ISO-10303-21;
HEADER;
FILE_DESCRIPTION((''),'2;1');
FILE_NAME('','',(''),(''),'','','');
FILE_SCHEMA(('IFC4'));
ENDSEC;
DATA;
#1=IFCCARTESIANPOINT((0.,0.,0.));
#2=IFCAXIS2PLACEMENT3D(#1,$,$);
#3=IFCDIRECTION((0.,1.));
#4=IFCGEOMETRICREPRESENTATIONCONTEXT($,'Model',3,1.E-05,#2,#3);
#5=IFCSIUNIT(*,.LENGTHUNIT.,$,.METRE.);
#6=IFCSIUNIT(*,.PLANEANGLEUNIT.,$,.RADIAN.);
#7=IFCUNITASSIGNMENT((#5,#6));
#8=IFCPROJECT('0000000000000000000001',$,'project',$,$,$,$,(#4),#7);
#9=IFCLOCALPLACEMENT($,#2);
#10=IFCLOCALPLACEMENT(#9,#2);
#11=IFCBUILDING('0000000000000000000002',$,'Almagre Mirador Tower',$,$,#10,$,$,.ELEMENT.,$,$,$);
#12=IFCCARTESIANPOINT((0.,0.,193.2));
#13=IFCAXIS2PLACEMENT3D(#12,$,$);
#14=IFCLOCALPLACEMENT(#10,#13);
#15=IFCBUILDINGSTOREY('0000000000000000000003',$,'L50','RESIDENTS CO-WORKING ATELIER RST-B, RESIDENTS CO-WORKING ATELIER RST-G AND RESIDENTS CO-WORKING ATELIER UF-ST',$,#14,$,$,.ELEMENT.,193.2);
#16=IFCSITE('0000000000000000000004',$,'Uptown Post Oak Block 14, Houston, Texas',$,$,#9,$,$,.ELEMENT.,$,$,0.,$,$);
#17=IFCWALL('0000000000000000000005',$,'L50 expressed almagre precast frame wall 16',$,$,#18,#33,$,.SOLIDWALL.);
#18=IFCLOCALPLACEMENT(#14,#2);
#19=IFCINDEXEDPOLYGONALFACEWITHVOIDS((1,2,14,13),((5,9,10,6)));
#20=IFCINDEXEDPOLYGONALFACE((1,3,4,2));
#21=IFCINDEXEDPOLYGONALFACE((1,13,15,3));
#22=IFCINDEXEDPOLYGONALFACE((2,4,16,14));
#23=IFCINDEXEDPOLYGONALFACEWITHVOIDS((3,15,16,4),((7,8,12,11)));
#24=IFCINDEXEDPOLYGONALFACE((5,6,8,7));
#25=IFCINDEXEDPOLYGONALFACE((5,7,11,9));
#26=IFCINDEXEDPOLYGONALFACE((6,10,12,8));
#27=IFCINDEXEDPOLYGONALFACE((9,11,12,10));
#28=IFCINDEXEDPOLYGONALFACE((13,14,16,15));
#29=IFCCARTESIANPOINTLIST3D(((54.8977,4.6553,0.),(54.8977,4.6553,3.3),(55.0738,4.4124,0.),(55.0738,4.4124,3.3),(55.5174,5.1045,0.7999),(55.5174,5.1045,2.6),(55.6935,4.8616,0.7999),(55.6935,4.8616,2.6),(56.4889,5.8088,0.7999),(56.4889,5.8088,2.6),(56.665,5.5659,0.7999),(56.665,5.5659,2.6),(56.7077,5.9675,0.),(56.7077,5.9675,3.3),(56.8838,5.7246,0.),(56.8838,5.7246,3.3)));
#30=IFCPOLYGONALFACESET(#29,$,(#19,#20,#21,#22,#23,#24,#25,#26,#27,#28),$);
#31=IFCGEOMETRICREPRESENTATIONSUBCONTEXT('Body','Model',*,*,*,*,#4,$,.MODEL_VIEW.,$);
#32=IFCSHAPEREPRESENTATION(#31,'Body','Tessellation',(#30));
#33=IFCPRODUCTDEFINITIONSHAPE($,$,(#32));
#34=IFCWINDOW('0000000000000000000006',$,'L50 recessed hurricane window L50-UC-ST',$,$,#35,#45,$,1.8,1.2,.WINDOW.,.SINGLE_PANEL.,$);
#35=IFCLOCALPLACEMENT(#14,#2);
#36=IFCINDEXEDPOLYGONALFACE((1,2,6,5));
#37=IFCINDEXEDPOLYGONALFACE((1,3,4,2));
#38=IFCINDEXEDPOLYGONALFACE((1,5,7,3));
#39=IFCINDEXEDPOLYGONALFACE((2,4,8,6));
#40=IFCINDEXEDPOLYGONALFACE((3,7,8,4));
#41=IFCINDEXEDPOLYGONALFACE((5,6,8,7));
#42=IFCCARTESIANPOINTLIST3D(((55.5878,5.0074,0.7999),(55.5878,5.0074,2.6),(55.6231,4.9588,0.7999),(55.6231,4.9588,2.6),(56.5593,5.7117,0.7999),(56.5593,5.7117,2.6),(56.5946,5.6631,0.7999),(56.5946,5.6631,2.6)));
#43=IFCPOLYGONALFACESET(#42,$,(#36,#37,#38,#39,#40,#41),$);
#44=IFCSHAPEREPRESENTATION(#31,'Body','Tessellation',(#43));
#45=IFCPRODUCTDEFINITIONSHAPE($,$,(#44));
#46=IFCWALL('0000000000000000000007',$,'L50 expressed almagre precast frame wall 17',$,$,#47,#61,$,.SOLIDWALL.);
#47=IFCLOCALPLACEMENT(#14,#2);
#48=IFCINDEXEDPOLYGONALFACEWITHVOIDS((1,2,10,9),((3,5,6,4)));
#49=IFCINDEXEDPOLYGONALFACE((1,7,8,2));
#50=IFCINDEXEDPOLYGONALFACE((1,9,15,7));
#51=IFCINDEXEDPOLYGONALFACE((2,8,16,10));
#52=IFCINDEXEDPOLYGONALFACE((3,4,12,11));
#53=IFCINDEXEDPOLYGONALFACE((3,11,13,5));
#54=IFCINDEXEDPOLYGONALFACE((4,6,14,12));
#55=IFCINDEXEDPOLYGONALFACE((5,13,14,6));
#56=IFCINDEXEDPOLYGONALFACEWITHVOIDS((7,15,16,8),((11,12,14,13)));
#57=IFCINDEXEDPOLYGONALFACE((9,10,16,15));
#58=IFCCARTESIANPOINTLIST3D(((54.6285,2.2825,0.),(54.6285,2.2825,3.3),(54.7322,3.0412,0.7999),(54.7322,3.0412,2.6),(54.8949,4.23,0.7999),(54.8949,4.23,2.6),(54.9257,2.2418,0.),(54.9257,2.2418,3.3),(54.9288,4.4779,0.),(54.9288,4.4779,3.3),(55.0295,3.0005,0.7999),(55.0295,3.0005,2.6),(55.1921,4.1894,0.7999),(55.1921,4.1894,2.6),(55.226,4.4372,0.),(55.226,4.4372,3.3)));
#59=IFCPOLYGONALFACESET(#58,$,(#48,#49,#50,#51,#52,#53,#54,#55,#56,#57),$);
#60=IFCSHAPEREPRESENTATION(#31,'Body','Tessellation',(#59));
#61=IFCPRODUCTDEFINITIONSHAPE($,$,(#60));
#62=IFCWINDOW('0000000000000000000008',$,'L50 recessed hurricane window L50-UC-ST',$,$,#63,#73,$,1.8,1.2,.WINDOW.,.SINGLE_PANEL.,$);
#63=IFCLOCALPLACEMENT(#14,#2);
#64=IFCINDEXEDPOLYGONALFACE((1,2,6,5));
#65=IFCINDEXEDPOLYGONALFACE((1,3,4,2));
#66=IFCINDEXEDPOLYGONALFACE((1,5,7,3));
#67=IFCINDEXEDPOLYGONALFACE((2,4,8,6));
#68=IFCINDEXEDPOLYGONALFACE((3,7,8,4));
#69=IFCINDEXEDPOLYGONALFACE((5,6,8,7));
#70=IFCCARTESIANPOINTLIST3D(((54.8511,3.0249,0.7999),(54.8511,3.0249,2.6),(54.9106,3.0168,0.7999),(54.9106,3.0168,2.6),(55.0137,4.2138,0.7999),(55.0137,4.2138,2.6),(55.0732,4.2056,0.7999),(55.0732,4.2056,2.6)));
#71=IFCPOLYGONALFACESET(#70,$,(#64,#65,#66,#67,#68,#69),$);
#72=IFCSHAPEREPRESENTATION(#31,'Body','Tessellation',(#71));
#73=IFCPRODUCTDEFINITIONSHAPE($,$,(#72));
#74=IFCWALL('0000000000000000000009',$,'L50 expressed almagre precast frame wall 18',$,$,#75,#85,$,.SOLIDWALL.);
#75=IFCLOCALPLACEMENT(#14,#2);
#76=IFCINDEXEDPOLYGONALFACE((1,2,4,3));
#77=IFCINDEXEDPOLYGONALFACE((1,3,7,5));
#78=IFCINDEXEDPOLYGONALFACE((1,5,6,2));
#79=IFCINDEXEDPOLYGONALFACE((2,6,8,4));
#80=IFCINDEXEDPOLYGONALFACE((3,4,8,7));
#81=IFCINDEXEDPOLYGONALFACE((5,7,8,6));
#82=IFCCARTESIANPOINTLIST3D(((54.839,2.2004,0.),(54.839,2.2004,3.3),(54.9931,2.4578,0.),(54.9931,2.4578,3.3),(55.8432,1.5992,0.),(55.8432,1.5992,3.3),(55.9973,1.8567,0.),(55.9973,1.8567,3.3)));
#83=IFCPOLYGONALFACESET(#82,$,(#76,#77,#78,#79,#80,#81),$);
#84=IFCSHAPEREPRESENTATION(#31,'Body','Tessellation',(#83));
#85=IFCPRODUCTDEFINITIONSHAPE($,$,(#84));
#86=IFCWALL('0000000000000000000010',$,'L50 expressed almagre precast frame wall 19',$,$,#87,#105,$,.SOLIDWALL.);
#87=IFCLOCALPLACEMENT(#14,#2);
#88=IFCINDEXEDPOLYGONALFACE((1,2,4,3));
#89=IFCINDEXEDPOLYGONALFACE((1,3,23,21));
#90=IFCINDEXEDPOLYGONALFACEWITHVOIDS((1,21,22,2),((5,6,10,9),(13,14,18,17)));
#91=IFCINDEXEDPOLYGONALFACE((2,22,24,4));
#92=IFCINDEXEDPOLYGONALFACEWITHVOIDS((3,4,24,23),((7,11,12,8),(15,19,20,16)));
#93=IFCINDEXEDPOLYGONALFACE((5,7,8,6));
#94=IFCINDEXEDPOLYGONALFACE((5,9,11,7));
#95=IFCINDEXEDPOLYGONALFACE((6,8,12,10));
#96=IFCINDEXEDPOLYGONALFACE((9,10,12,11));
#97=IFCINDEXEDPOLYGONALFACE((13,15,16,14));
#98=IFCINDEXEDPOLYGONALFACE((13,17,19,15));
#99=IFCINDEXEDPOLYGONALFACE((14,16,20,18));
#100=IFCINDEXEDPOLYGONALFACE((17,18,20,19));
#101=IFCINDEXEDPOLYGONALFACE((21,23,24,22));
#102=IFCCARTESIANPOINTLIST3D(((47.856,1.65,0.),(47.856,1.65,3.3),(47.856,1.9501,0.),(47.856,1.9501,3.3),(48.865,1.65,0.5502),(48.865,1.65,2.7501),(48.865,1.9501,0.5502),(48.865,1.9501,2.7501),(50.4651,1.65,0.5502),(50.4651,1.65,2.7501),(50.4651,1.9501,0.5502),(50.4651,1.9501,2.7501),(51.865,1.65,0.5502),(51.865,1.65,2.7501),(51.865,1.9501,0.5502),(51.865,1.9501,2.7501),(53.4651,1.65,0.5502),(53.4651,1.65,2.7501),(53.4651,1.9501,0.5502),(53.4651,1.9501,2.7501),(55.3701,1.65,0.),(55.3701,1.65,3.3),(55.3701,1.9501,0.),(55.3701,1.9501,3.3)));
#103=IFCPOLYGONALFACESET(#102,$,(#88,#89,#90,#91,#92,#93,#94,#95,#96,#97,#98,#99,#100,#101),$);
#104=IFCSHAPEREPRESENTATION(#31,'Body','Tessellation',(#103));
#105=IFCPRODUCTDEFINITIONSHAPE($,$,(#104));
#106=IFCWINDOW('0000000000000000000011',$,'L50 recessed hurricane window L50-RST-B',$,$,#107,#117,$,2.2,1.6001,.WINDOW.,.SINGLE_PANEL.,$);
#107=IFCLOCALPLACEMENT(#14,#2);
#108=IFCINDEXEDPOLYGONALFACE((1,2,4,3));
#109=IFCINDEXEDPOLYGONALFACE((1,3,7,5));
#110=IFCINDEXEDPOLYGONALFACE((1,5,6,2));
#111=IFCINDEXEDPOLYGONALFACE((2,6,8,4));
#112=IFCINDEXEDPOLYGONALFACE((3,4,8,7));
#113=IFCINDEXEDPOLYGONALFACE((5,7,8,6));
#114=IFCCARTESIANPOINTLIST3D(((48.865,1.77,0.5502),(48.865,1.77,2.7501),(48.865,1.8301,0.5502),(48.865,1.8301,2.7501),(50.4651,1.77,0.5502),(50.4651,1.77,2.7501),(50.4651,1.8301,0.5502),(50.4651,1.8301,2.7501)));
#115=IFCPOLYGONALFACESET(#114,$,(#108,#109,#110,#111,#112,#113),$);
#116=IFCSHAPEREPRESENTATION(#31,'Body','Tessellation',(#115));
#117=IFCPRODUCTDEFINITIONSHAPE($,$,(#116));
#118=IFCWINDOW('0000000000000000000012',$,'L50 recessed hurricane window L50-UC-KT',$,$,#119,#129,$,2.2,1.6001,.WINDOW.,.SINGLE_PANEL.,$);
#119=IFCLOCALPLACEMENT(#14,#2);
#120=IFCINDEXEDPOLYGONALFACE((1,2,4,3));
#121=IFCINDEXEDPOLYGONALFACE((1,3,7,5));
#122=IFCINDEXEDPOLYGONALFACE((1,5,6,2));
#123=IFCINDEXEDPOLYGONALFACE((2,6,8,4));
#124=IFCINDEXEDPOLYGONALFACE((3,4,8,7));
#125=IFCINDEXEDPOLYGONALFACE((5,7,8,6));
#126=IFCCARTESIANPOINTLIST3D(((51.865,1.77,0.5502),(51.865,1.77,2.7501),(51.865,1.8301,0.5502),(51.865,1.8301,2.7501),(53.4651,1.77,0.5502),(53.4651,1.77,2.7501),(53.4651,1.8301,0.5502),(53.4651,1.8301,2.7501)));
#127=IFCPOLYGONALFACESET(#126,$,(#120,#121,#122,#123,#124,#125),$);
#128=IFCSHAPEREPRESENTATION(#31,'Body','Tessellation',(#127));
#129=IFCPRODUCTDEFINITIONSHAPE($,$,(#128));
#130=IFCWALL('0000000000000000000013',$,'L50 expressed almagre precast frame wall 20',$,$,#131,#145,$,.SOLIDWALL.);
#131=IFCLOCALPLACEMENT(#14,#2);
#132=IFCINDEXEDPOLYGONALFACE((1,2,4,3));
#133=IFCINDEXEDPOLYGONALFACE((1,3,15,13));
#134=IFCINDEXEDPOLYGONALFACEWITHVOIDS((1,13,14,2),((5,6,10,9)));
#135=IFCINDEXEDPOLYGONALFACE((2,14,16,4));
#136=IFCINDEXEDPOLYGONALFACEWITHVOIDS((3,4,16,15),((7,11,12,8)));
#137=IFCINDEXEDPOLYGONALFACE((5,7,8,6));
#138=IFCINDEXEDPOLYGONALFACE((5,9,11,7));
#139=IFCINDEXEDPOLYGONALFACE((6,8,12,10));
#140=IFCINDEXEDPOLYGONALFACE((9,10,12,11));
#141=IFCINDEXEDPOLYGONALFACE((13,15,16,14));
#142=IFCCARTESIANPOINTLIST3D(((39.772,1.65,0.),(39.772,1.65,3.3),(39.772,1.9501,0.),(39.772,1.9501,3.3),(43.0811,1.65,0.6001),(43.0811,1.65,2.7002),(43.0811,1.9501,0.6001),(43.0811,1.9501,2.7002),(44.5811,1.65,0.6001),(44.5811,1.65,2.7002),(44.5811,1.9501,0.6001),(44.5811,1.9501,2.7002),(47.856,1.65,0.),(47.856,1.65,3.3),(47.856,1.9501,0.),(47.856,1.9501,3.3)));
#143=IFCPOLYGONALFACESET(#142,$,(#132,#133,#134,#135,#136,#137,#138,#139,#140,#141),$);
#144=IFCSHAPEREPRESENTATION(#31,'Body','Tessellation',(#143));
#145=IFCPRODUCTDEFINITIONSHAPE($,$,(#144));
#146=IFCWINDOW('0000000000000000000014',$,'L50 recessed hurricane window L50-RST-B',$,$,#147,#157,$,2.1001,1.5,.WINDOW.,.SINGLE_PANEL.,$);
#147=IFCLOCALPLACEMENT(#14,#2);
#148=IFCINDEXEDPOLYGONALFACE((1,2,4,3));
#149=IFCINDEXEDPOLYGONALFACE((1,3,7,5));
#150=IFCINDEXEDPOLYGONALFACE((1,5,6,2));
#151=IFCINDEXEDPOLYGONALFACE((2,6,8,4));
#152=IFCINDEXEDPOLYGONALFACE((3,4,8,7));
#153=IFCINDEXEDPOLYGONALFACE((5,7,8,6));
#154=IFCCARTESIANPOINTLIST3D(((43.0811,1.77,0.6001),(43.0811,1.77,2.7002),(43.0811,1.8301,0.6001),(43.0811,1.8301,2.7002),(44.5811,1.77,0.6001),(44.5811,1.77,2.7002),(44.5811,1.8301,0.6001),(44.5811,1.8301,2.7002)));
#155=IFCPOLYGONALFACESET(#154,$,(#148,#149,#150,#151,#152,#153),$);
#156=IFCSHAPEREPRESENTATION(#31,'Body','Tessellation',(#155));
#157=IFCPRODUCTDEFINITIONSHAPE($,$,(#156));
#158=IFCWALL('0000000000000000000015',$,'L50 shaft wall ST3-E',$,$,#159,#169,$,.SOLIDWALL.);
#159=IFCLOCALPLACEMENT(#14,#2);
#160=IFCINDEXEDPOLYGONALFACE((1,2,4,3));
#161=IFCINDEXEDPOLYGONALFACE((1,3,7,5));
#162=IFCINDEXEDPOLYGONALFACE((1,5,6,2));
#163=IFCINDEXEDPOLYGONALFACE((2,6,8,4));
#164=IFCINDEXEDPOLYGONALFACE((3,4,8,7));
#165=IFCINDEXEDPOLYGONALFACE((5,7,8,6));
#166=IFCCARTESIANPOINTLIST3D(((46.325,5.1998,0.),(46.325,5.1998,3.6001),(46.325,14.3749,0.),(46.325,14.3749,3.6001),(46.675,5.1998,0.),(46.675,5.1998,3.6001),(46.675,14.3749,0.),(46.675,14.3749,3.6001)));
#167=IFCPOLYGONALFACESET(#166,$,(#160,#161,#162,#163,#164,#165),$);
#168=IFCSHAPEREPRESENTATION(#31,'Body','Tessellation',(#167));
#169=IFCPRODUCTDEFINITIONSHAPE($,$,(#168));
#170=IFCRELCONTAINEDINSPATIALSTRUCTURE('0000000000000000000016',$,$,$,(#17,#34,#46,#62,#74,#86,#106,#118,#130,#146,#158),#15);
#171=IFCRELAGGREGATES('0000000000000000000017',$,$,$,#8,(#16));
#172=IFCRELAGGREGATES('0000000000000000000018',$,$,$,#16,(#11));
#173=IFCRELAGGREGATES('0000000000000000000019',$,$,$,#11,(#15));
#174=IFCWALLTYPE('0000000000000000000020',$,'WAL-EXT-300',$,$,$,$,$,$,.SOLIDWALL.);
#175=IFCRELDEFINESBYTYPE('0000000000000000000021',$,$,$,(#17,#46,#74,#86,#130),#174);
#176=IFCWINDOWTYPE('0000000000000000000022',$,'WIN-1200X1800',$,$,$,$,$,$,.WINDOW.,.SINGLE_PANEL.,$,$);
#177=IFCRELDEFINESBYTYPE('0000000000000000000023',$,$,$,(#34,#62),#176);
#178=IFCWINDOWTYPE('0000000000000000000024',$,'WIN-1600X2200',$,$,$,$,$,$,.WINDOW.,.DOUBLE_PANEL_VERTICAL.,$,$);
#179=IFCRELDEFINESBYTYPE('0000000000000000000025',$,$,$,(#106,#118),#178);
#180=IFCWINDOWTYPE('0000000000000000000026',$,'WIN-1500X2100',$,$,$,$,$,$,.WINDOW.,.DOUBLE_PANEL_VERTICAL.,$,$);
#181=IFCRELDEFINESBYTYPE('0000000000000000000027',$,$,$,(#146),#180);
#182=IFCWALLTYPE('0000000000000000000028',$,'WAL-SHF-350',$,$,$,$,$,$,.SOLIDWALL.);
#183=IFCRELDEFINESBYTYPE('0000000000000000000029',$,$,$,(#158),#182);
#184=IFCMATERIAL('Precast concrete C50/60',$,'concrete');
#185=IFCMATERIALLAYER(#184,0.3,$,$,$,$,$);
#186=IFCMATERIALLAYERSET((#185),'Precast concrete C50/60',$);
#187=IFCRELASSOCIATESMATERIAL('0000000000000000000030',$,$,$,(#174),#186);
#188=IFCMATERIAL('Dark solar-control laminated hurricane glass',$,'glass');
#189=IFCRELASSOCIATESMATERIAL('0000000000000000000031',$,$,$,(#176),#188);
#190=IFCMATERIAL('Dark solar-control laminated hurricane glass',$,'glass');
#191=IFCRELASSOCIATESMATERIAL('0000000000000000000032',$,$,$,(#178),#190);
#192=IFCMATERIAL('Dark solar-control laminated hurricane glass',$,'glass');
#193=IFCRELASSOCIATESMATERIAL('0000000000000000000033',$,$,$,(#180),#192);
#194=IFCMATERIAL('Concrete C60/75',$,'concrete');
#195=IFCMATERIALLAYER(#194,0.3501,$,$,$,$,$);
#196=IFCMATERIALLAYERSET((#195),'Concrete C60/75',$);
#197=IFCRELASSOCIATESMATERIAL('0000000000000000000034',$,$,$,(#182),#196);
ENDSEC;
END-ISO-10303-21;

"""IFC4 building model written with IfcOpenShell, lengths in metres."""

from ifc_helpers import new_model, si_unit, direction, frame, frame_2d, origin, place, context, subcontext, project, spatial, rectangle, extrude, material, layer, layer_set, type_object, element, fill, save


model = new_model("IFC4")

# Units and contexts
model_context = context("Model", 3, precision=1e-05, world=origin(), true_north=direction((0.0, 1.0)))
body_context = subcontext(model_context, "Body", "Model", "MODEL_VIEW")
ifc_project = project(units=[si_unit("LENGTHUNIT", "METRE"), si_unit("PLANEANGLEUNIT", "RADIAN")], contexts=[model_context])

# Site, building, storey
site_placement = place(None, origin())
site = spatial("IfcSite", under=ifc_project, at=site_placement, Name="Uptown Post Oak Block 14, Houston, Texas", CompositionType="ELEMENT", RefElevation=0.0)
building_placement = place(site_placement, origin())
building = spatial("IfcBuilding", under=site, at=building_placement, Name="Almagre Mirador Tower", CompositionType="ELEMENT")
storey_placement = place(building_placement, frame((0.0, 0.0, 193.2)))
storey = spatial("IfcBuildingStorey", under=building, at=storey_placement, Name="L50", Description="RESIDENTS CO-WORKING ATELIER RST-B, RESIDENTS CO-WORKING ATELIER RST-G AND RESIDENTS CO-WORKING ATELIER UF-ST", CompositionType="ELEMENT", Elevation=193.2)

# Shared definitions
ifc_material_1 = material(Name="Precast concrete C50/60", Category="concrete")
ifc_layer_1 = layer(ifc_material_1, 0.3)
ifc_layer_set_1 = layer_set([ifc_layer_1], Name="Precast concrete C50/60")
wall_type_1 = type_object("IfcWallType", Name="WAL-EXT-300", PredefinedType="SOLIDWALL", material=ifc_layer_set_1)

# Walls, openings, windows
wall_1_placement = place(storey_placement, frame((56.7957, 5.8459, 0.0), z_axis=(0.0, 0.0, 1.0), x_axis=(-0.809618, -0.586957, 0.0)))
wall_1 = element("IfcWall", 1, at=wall_1_placement, inside=storey, type_object=wall_type_1, Name="L50 expressed almagre precast frame wall 16", PredefinedType="SOLIDWALL", context=body_context, shape_type="SweptSolid", body=[
    extrude(rectangle(XDim=2.2356, YDim=0.3, at=frame_2d((1.1177, 0.0))), origin(), (0.0, 0.0, 1.0), 3.3),
])
opening_1_placement = place(wall_1_placement, frame((0.27, 0.0, 0.8)))
opening_1 = element("IfcOpeningElement", 2, at=opening_1_placement, cuts=wall_1, PredefinedType="OPENING", context=body_context, shape_type="SweptSolid", body=[
    extrude(rectangle(XDim=1.2, YDim=1.8, at=frame_2d((0.6001, 0.8999))), frame((0.0, 0.1599, 0.0), z_axis=(0.0, -1.0, 0.0), x_axis=(1.0, 0.0, 0.0)), (0.0, 0.0, 1.0), 0.32),
])
ifc_material_2 = material(Name="Dark solar-control laminated hurricane glass", Category="glass")
window_type_1 = type_object("IfcWindowType", Name="WIN-1200X1800", PartitioningType="SINGLE_PANEL", PredefinedType="WINDOW", material=ifc_material_2)
window_1_placement = place(opening_1_placement, origin())
window_1 = element("IfcWindow", 3, at=window_1_placement, inside=storey, type_object=window_type_1, Name="L50 recessed hurricane window L50-UC-ST", OverallHeight=1.8, OverallWidth=1.2, PartitioningType="SINGLE_PANEL", PredefinedType="WINDOW", context=body_context, shape_type="SweptSolid", body=[
    extrude(rectangle(XDim=1.2, YDim=1.8, at=frame_2d((0.6001, 0.8999))), frame((0.0, 0.03, 0.0), z_axis=(0.0, -1.0, 0.0), x_axis=(1.0, 0.0, 0.0)), (0.0, 0.0, 1.0), 0.0601),
])
fill(opening_1, window_1)
wall_2_placement = place(storey_placement, frame((55.0774, 4.4575, 0.0), z_axis=(0.0, 0.0, 1.0), x_axis=(-0.135526, -0.990774, 0.0)))
wall_2 = element("IfcWall", 4, at=wall_2_placement, inside=storey, type_object=wall_type_1, Name="L50 expressed almagre precast frame wall 17", PredefinedType="SOLIDWALL", context=body_context, shape_type="SweptSolid", body=[
    extrude(rectangle(XDim=2.2158, YDim=0.3, at=frame_2d((1.1079, 0.0))), origin(), (0.0, 0.0, 1.0), 3.3),
])
opening_2_placement = place(wall_2_placement, frame((0.25, 0.0, 0.8)))
opening_2 = element("IfcOpeningElement", 5, at=opening_2_placement, cuts=wall_2, PredefinedType="OPENING", context=body_context, shape_type="SweptSolid", body=[
    extrude(rectangle(XDim=1.2, YDim=1.8, at=frame_2d((0.6001, 0.8999))), frame((0.0, 0.1599, 0.0), z_axis=(0.0, -1.0, 0.0), x_axis=(1.0, 0.0, 0.0)), (0.0, 0.0, 1.0), 0.32),
])
window_2_placement = place(opening_2_placement, origin())
window_2 = element("IfcWindow", 6, at=window_2_placement, inside=storey, type_object=window_type_1, Name="L50 recessed hurricane window L50-UC-ST", OverallHeight=1.8, OverallWidth=1.2, PartitioningType="SINGLE_PANEL", PredefinedType="WINDOW", context=body_context, shape_type="SweptSolid", body=[
    extrude(rectangle(XDim=1.2, YDim=1.8, at=frame_2d((0.6001, 0.8999))), frame((0.0, 0.03, 0.0), z_axis=(0.0, -1.0, 0.0), x_axis=(1.0, 0.0, 0.0)), (0.0, 0.0, 1.0), 0.0601),
])
fill(opening_2, window_2)

# Wall
wall_3_placement = place(storey_placement, frame((54.916, 2.3291, 0.0), z_axis=(0.0, 0.0, 1.0), x_axis=(0.858026, -0.513606, 0.0)))
element("IfcWall", 7, at=wall_3_placement, inside=storey, type_object=wall_type_1, Name="L50 expressed almagre precast frame wall 18", PredefinedType="SOLIDWALL", context=body_context, shape_type="SweptSolid", body=[
    extrude(rectangle(XDim=1.1704, YDim=0.3, at=frame_2d((0.5852, 0.0))), origin(), (0.0, 0.0, 1.0), 3.3),
])

# Wall, openings, windows
wall_4_placement = place(storey_placement, frame((55.3701, 1.8, 0.0), z_axis=(0.0, 0.0, 1.0), x_axis=(-1.0, 0.0, 0.0)))
wall_4 = element("IfcWall", 8, at=wall_4_placement, inside=storey, type_object=wall_type_1, Name="L50 expressed almagre precast frame wall 19", PredefinedType="SOLIDWALL", context=body_context, shape_type="SweptSolid", body=[
    extrude(rectangle(XDim=7.5142, YDim=0.3, at=frame_2d((3.7571, 0.0))), origin(), (0.0, 0.0, 1.0), 3.3),
])
opening_3_placement = place(wall_4_placement, frame((4.905, 0.0, 0.55)))
opening_3 = element("IfcOpeningElement", 9, at=opening_3_placement, cuts=wall_4, PredefinedType="OPENING", context=body_context, shape_type="SweptSolid", body=[
    extrude(rectangle(XDim=1.6001, YDim=2.2, at=frame_2d((0.8, 1.1001))), frame((0.0, 0.1599, 0.0), z_axis=(0.0, -1.0, 0.0), x_axis=(1.0, 0.0, 0.0)), (0.0, 0.0, 1.0), 0.32),
])
opening_4_placement = place(wall_4_placement, frame((1.905, 0.0, 0.55)))
opening_4 = element("IfcOpeningElement", 10, at=opening_4_placement, cuts=wall_4, PredefinedType="OPENING", context=body_context, shape_type="SweptSolid", body=[
    extrude(rectangle(XDim=1.6001, YDim=2.2, at=frame_2d((0.8, 1.1001))), frame((0.0, 0.1599, 0.0), z_axis=(0.0, -1.0, 0.0), x_axis=(1.0, 0.0, 0.0)), (0.0, 0.0, 1.0), 0.32),
])
ifc_material_3 = material(Name="Dark solar-control laminated hurricane glass", Category="glass")
window_type_2 = type_object("IfcWindowType", Name="WIN-1600X2200", PartitioningType="DOUBLE_PANEL_VERTICAL", PredefinedType="WINDOW", material=ifc_material_3)
window_3_placement = place(opening_3_placement, origin())
window_3 = element("IfcWindow", 11, at=window_3_placement, inside=storey, type_object=window_type_2, Name="L50 recessed hurricane window L50-RST-B", OverallHeight=2.2, OverallWidth=1.6001, PartitioningType="SINGLE_PANEL", PredefinedType="WINDOW", context=body_context, shape_type="SweptSolid", body=[
    extrude(rectangle(XDim=1.6001, YDim=2.2, at=frame_2d((0.8, 1.1001))), frame((0.0, 0.03, 0.0), z_axis=(0.0, -1.0, 0.0), x_axis=(1.0, 0.0, 0.0)), (0.0, 0.0, 1.0), 0.0601),
])
fill(opening_3, window_3)
window_4_placement = place(opening_4_placement, origin())
window_4 = element("IfcWindow", 12, at=window_4_placement, inside=storey, type_object=window_type_2, Name="L50 recessed hurricane window L50-UC-KT", OverallHeight=2.2, OverallWidth=1.6001, PartitioningType="SINGLE_PANEL", PredefinedType="WINDOW", context=body_context, shape_type="SweptSolid", body=[
    extrude(rectangle(XDim=1.6001, YDim=2.2, at=frame_2d((0.8, 1.1001))), frame((0.0, 0.03, 0.0), z_axis=(0.0, -1.0, 0.0), x_axis=(1.0, 0.0, 0.0)), (0.0, 0.0, 1.0), 0.0601),
])
fill(opening_4, window_4)

# Wall, opening, window
wall_5_placement = place(storey_placement, frame((47.856, 1.8, 0.0), z_axis=(0.0, 0.0, 1.0), x_axis=(-1.0, 0.0, 0.0)))
wall_5 = element("IfcWall", 13, at=wall_5_placement, inside=storey, type_object=wall_type_1, Name="L50 expressed almagre precast frame wall 20", PredefinedType="SOLIDWALL", context=body_context, shape_type="SweptSolid", body=[
    extrude(rectangle(XDim=8.084, YDim=0.3, at=frame_2d((4.042, 0.0))), origin(), (0.0, 0.0, 1.0), 3.3),
])
opening_5_placement = place(wall_5_placement, frame((3.2749, 0.0, 0.6001)))
opening_5 = element("IfcOpeningElement", 14, at=opening_5_placement, cuts=wall_5, PredefinedType="OPENING", context=body_context, shape_type="SweptSolid", body=[
    extrude(rectangle(XDim=1.5, YDim=2.1001, at=frame_2d((0.75, 1.05))), frame((0.0, 0.1599, 0.0), z_axis=(0.0, -1.0, 0.0), x_axis=(1.0, 0.0, 0.0)), (0.0, 0.0, 1.0), 0.32),
])
ifc_material_4 = material(Name="Dark solar-control laminated hurricane glass", Category="glass")
window_type_3 = type_object("IfcWindowType", Name="WIN-1500X2100", PartitioningType="DOUBLE_PANEL_VERTICAL", PredefinedType="WINDOW", material=ifc_material_4)
window_5_placement = place(opening_5_placement, origin())
window_5 = element("IfcWindow", 15, at=window_5_placement, inside=storey, type_object=window_type_3, Name="L50 recessed hurricane window L50-RST-B", OverallHeight=2.1001, OverallWidth=1.5, PartitioningType="SINGLE_PANEL", PredefinedType="WINDOW", context=body_context, shape_type="SweptSolid", body=[
    extrude(rectangle(XDim=1.5, YDim=2.1001, at=frame_2d((0.75, 1.05))), frame((0.0, 0.03, 0.0), z_axis=(0.0, -1.0, 0.0), x_axis=(1.0, 0.0, 0.0)), (0.0, 0.0, 1.0), 0.0601),
])
fill(opening_5, window_5)

# Wall
ifc_material_5 = material(Name="Concrete C60/75", Category="concrete")
ifc_layer_2 = layer(ifc_material_5, 0.3501)
ifc_layer_set_2 = layer_set([ifc_layer_2], Name="Concrete C60/75")
wall_type_2 = type_object("IfcWallType", Name="WAL-SHF-350", PredefinedType="SOLIDWALL", material=ifc_layer_set_2)
wall_6_placement = place(storey_placement, frame((46.5, 5.2, 0.0), z_axis=(0.0, 0.0, 1.0), x_axis=(0.0, 1.0, 0.0)))
element("IfcWall", 16, at=wall_6_placement, inside=storey, type_object=wall_type_2, Name="L50 shaft wall ST3-E", PredefinedType="SOLIDWALL", context=body_context, shape_type="SweptSolid", body=[
    extrude(rectangle(XDim=9.175, YDim=0.3501, at=frame_2d((4.5874, 0.0))), origin(), (0.0, 0.0, 1.0), 3.6001),
])

save(model, "model.ifc")
